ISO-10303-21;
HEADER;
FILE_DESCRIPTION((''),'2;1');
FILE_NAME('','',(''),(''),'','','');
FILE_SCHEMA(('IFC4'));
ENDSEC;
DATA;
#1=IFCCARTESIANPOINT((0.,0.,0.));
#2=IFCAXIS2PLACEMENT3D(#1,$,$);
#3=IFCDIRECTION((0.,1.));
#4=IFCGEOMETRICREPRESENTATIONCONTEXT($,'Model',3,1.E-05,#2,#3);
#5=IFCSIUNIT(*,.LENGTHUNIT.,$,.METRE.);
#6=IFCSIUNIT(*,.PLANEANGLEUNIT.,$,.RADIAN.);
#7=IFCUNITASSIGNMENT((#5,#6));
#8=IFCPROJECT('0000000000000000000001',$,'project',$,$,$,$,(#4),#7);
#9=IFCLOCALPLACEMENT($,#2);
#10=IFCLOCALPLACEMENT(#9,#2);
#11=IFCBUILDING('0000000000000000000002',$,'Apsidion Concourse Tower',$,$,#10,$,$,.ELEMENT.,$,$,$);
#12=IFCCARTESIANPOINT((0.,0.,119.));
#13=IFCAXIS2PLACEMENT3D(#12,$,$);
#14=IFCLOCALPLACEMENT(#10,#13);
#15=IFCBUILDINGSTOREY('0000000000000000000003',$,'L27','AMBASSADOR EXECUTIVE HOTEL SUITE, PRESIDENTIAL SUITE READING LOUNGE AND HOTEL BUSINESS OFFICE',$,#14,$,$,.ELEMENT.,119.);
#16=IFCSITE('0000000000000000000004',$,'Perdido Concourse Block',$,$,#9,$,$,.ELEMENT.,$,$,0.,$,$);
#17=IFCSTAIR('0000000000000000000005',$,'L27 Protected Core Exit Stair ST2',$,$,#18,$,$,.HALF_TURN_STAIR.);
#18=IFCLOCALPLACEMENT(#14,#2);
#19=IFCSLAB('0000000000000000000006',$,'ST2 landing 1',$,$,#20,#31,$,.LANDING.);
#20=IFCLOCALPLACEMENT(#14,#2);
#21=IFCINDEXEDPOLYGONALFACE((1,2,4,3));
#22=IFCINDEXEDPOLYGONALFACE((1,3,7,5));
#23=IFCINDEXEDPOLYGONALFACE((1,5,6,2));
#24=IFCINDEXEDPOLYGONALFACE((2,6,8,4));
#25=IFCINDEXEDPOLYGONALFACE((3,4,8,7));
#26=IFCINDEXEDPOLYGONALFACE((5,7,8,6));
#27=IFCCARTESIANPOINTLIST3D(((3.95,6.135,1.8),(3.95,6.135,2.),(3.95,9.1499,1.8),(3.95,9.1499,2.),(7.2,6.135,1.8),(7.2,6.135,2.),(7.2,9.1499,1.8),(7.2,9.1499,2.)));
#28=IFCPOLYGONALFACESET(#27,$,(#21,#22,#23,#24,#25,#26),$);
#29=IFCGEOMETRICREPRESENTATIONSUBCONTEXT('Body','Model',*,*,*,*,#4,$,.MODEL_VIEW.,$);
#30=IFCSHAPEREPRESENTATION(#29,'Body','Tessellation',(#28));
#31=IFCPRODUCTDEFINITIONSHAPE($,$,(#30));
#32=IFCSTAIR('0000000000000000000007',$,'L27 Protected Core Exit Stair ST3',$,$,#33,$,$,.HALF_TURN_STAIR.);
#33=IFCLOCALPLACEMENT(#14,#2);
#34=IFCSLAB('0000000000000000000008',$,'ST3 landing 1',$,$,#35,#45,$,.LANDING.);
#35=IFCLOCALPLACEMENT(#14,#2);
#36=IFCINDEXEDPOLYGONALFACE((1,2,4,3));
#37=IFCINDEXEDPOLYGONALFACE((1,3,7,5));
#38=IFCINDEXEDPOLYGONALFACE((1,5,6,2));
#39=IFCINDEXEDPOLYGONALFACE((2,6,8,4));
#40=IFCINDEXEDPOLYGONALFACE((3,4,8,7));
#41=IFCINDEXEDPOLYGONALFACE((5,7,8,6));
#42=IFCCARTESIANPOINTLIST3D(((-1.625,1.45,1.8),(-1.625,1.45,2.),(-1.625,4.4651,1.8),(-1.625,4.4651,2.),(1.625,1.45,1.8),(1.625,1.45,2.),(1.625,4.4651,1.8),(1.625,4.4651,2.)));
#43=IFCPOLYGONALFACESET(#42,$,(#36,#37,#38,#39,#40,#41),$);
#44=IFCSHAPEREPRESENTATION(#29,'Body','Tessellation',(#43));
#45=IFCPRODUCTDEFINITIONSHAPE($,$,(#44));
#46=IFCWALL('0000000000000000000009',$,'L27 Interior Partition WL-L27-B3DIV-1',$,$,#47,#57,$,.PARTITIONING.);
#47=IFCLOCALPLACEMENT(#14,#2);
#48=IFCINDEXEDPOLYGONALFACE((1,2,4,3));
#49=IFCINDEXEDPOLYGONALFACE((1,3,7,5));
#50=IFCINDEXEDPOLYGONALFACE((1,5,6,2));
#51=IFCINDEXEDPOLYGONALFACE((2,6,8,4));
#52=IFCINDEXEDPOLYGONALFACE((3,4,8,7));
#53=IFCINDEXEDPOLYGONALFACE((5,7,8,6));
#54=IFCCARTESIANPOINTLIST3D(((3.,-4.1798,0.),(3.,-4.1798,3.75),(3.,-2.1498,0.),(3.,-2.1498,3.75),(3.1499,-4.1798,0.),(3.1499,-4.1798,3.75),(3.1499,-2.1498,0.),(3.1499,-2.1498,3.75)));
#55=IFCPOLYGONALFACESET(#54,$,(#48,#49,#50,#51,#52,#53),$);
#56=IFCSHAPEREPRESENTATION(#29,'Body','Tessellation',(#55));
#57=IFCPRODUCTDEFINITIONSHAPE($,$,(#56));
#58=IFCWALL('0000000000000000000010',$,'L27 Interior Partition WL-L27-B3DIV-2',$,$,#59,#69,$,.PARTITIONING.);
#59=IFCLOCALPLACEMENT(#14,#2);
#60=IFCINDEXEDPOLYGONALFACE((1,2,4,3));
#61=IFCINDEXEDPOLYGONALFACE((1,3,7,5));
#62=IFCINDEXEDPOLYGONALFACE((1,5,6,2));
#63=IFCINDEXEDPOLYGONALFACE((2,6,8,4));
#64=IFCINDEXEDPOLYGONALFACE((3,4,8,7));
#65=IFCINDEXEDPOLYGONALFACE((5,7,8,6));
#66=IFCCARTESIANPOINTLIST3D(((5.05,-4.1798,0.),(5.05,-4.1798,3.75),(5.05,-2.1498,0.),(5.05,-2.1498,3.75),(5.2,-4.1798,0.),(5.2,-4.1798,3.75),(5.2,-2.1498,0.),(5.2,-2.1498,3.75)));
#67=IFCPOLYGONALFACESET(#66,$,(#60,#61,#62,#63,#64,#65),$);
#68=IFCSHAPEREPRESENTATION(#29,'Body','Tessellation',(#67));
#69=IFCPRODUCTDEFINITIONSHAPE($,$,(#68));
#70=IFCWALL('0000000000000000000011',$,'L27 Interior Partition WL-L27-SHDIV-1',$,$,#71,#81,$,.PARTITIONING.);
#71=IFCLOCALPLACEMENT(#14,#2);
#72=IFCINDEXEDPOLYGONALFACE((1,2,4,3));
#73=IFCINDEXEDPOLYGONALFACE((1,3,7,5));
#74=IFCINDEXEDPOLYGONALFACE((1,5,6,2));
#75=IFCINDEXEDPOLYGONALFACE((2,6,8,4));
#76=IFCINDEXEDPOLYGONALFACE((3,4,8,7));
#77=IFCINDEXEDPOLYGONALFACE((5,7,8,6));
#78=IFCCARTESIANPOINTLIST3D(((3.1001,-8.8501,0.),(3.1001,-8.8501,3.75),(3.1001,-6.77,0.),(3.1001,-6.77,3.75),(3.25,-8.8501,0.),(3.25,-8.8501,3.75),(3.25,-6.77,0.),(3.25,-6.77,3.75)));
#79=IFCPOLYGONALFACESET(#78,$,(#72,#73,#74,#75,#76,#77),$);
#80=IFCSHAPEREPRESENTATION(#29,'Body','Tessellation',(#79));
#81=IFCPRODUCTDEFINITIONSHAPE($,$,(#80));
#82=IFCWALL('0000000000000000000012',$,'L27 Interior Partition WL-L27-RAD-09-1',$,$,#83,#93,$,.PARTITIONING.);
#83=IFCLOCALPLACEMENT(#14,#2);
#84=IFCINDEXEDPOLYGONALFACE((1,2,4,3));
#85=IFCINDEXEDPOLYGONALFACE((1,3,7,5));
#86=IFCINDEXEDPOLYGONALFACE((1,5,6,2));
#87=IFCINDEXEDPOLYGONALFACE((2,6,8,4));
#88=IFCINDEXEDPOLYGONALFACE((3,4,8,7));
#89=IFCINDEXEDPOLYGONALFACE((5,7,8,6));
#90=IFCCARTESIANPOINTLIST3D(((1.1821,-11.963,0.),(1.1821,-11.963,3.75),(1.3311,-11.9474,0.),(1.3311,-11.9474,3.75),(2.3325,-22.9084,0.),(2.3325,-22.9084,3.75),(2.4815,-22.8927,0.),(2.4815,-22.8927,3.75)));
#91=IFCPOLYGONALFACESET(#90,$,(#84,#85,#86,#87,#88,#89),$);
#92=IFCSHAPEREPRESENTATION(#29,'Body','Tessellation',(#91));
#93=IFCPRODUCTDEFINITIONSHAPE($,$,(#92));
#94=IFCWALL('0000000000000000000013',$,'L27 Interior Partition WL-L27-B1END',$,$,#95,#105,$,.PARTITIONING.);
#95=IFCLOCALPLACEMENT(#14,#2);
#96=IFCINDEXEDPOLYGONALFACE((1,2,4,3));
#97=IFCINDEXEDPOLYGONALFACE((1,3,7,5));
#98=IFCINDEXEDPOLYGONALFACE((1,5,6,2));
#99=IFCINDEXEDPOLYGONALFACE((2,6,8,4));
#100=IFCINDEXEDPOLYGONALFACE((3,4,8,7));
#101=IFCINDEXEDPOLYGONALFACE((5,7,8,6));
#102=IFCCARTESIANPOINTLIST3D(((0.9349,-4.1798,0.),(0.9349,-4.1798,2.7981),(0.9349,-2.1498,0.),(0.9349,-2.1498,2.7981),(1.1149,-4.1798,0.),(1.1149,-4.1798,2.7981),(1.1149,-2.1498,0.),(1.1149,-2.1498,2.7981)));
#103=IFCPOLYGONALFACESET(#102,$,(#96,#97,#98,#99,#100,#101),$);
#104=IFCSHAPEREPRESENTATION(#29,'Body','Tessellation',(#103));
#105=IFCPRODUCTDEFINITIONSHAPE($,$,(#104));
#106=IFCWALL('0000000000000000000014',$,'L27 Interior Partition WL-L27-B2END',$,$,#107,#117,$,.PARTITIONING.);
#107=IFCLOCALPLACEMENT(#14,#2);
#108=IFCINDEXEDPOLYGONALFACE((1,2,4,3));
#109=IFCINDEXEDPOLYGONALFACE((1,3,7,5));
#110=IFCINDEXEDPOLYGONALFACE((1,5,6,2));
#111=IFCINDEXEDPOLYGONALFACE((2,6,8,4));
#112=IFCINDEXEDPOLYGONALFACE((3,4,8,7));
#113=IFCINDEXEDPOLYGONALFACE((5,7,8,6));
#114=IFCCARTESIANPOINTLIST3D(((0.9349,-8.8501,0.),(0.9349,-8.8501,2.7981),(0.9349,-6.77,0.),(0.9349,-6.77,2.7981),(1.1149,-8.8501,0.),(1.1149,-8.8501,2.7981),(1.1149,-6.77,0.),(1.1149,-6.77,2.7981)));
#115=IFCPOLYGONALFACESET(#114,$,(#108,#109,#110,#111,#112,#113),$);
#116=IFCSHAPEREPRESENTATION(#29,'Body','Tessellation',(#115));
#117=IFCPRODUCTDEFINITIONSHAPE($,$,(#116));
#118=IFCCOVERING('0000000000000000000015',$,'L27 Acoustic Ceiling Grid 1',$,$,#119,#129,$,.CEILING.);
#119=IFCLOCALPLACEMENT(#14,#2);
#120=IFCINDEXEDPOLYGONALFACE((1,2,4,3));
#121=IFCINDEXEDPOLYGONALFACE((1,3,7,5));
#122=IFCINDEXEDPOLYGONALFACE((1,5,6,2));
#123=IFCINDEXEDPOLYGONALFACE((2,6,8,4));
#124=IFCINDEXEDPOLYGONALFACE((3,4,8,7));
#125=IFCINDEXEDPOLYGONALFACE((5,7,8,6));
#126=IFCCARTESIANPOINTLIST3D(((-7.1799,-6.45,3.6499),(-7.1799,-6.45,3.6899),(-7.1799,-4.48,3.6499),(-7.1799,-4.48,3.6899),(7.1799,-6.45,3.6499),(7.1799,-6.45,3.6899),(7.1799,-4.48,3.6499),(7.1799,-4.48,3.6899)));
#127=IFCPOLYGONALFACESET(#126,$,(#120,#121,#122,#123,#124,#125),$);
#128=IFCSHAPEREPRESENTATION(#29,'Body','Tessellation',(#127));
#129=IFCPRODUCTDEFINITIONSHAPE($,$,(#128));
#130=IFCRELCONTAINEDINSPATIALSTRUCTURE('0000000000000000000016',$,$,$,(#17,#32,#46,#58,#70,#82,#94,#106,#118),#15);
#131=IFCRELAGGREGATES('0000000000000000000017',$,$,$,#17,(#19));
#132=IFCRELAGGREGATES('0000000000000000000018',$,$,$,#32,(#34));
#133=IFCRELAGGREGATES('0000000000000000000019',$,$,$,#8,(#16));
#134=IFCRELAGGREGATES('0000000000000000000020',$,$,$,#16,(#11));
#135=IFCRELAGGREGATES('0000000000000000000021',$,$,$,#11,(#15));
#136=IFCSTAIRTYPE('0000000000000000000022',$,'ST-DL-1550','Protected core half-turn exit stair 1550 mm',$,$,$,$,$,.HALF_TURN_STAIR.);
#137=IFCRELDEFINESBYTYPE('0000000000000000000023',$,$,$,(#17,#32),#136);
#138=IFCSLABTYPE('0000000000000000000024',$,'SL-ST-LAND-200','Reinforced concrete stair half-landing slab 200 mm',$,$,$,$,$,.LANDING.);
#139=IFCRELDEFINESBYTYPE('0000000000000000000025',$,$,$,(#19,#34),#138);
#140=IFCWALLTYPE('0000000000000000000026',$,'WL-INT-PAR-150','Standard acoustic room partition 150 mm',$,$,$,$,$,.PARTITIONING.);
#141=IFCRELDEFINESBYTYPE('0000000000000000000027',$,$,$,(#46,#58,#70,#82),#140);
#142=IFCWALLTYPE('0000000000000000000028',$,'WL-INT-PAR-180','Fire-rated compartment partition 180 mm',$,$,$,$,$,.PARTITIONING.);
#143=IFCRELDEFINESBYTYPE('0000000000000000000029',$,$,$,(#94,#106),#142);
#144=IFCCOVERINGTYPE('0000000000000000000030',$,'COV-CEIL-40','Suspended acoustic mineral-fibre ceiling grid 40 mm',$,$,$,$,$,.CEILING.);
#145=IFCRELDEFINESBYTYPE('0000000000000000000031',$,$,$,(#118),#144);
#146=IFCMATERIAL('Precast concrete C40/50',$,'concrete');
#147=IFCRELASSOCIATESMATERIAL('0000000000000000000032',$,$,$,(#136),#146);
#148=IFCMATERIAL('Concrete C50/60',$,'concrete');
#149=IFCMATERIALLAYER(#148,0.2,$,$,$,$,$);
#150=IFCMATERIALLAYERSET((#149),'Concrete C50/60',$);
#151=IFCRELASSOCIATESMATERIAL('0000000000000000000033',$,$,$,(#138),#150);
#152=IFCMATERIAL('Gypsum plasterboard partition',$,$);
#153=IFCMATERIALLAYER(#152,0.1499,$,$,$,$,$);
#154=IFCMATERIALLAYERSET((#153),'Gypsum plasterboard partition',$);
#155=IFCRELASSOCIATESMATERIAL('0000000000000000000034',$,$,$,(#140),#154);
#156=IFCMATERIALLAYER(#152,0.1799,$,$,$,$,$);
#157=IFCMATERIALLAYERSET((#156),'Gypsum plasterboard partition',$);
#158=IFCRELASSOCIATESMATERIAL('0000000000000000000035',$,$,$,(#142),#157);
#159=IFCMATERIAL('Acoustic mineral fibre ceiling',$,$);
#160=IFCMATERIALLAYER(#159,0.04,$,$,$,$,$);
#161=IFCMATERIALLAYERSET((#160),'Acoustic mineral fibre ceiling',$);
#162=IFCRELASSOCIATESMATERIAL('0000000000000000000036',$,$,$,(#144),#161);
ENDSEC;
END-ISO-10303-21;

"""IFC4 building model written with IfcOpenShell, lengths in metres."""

from ifc_helpers import new_model, si_unit, direction, frame, frame_2d, origin, place, context, subcontext, project, spatial, polyline, rectangle, outline, extrude, material, layer, layer_set, type_object, element, aggregate, save


model = new_model("IFC4")

# Units and contexts
model_context = context("Model", 3, precision=1e-05, world=origin(), true_north=direction((0.0, 1.0)))
body_context = subcontext(model_context, "Body", "Model", "MODEL_VIEW")
ifc_project = project(units=[si_unit("LENGTHUNIT", "METRE"), si_unit("PLANEANGLEUNIT", "RADIAN")], contexts=[model_context])

# Site, building, storey
site_placement = place(None, origin())
site = spatial("IfcSite", under=ifc_project, at=site_placement, Name="Perdido Concourse Block", CompositionType="ELEMENT", RefElevation=0.0)
building_placement = place(site_placement, origin())
building = spatial("IfcBuilding", under=site, at=building_placement, Name="Apsidion Concourse Tower", CompositionType="ELEMENT")
storey_placement = place(building_placement, frame((0.0, 0.0, 119.0)))
storey = spatial("IfcBuildingStorey", under=building, at=storey_placement, Name="L27", Description="AMBASSADOR EXECUTIVE HOTEL SUITE, PRESIDENTIAL SUITE READING LOUNGE AND HOTEL BUSINESS OFFICE", CompositionType="ELEMENT", Elevation=119.0)

# Shared definitions
ifc_material_1 = material(Name="Concrete C50/60", Category="concrete")

# Stairs, slabs
ifc_material_2 = material(Name="Precast concrete C40/50", Category="concrete")
stair_type = type_object("IfcStairType", Name="ST-DL-1550", Description="Protected core half-turn exit stair 1550 mm", PredefinedType="HALF_TURN_STAIR", material=ifc_material_2)
ifc_layer_1 = layer(ifc_material_1, 0.2)
ifc_layer_set_1 = layer_set([ifc_layer_1], Name="Concrete C50/60")
slab_type_1 = type_object("IfcSlabType", Name="SL-ST-LAND-200", Description="Reinforced concrete stair half-landing slab 200 mm", PredefinedType="LANDING", material=ifc_layer_set_1)
stair_1_placement = place(storey_placement, origin())
stair_1 = element("IfcStair", 1, at=stair_1_placement, inside=storey, type_object=stair_type, Name="L27 Protected Core Exit Stair ST2", PredefinedType="HALF_TURN_STAIR")
slab_1_placement = place(storey_placement, frame((0.0, 0.0, 1.8)))
slab_1 = element("IfcSlab", 2, at=slab_1_placement, type_object=slab_type_1, Name="ST2 landing 1", PredefinedType="LANDING", context=body_context, shape_type="SweptSolid", body=[
    extrude(outline(polyline([(7.2, 6.135), (7.2, 9.1499), (3.95, 9.1499), (3.95, 6.135), (7.2, 6.135)])), origin(), (0.0, 0.0, 1.0), 0.2),
])
aggregate(stair_1, [slab_1])
stair_2_placement = place(storey_placement, origin())
stair_2 = element("IfcStair", 3, at=stair_2_placement, inside=storey, type_object=stair_type, Name="L27 Protected Core Exit Stair ST3", PredefinedType="HALF_TURN_STAIR")
slab_2_placement = place(storey_placement, frame((0.0, 0.0, 1.8)))
slab_2 = element("IfcSlab", 4, at=slab_2_placement, type_object=slab_type_1, Name="ST3 landing 1", PredefinedType="LANDING", context=body_context, shape_type="SweptSolid", body=[
    extrude(outline(polyline([(-1.625, 4.4651), (-1.625, 1.45), (1.625, 1.45), (1.625, 4.4651), (-1.625, 4.4651)])), origin(), (0.0, 0.0, 1.0), 0.2),
])
aggregate(stair_2, [slab_2])

# Walls
ifc_material_3 = material(Name="Gypsum plasterboard partition")
ifc_layer_2 = layer(ifc_material_3, 0.1499)
ifc_layer_set_2 = layer_set([ifc_layer_2], Name="Gypsum plasterboard partition")
wall_type_1 = type_object("IfcWallType", Name="WL-INT-PAR-150", Description="Standard acoustic room partition 150 mm", PredefinedType="PARTITIONING", material=ifc_layer_set_2)
for number, where, z_axis, x_axis, name in (
    (5, (3.075, -4.1799, 0.0), (0.0, 0.0, 1.0), (0.0, 1.0, 0.0), "L27 Interior Partition WL-L27-B3DIV-1"),
    (6, (5.125, -4.1799, 0.0), (0.0, 0.0, 1.0), (0.0, 1.0, 0.0), "L27 Interior Partition WL-L27-B3DIV-2"),
):
    element("IfcWall", number, at=place(storey_placement, frame(where, z_axis=z_axis, x_axis=x_axis)), inside=storey, type_object=wall_type_1, Name=name, PredefinedType="PARTITIONING", context=body_context, shape_type="SweptSolid", body=[
        extrude(rectangle(XDim=2.03, YDim=0.1499, at=frame_2d((1.0151, 0.0))), origin(), (0.0, 0.0, 1.0), 3.75),
    ])
wall_1_placement = place(storey_placement, frame((3.175, -8.8501, 0.0), z_axis=(0.0, 0.0, 1.0), x_axis=(0.0, 1.0, 0.0)))
element("IfcWall", 7, at=wall_1_placement, inside=storey, type_object=wall_type_1, Name="L27 Interior Partition WL-L27-SHDIV-1", PredefinedType="PARTITIONING", context=body_context, shape_type="SweptSolid", body=[
    extrude(rectangle(XDim=2.0801, YDim=0.1499, at=frame_2d((1.04, 0.0))), origin(), (0.0, 0.0, 1.0), 3.75),
])
wall_2_placement = place(storey_placement, frame((1.2566, -11.9551, 0.0), z_axis=(0.0, 0.0, 1.0), x_axis=(0.104528, -0.994522, 0.0)))
element("IfcWall", 8, at=wall_2_placement, inside=storey, type_object=wall_type_1, Name="L27 Interior Partition WL-L27-RAD-09-1", PredefinedType="PARTITIONING", context=body_context, shape_type="SweptSolid", body=[
    extrude(rectangle(XDim=11.0056, YDim=0.1499, at=frame_2d((5.5029, 0.0))), origin(), (0.0, 0.0, 1.0), 3.75),
])
ifc_layer_3 = layer(ifc_material_3, 0.1799)
ifc_layer_set_3 = layer_set([ifc_layer_3], Name="Gypsum plasterboard partition")
wall_type_2 = type_object("IfcWallType", Name="WL-INT-PAR-180", Description="Fire-rated compartment partition 180 mm", PredefinedType="PARTITIONING", material=ifc_layer_set_3)
wall_3_placement = place(storey_placement, frame((1.0249, -4.1799, 0.0), z_axis=(0.0, 0.0, 1.0), x_axis=(0.0, 1.0, 0.0)))
element("IfcWall", 9, at=wall_3_placement, inside=storey, type_object=wall_type_2, Name="L27 Interior Partition WL-L27-B1END", PredefinedType="PARTITIONING", context=body_context, shape_type="SweptSolid", body=[
    extrude(rectangle(XDim=2.03, YDim=0.1799, at=frame_2d((1.0151, 0.0))), origin(), (0.0, 0.0, 1.0), 2.7981),
])
wall_4_placement = place(storey_placement, frame((1.0249, -8.8501, 0.0), z_axis=(0.0, 0.0, 1.0), x_axis=(0.0, 1.0, 0.0)))
element("IfcWall", 10, at=wall_4_placement, inside=storey, type_object=wall_type_2, Name="L27 Interior Partition WL-L27-B2END", PredefinedType="PARTITIONING", context=body_context, shape_type="SweptSolid", body=[
    extrude(rectangle(XDim=2.0801, YDim=0.1799, at=frame_2d((1.04, 0.0))), origin(), (0.0, 0.0, 1.0), 2.7981),
])

# Covering
ifc_material_4 = material(Name="Acoustic mineral fibre ceiling")
ifc_layer_4 = layer(ifc_material_4, 0.04)
ifc_layer_set_4 = layer_set([ifc_layer_4], Name="Acoustic mineral fibre ceiling")
covering_type_1 = type_object("IfcCoveringType", Name="COV-CEIL-40", Description="Suspended acoustic mineral-fibre ceiling grid 40 mm", PredefinedType="CEILING", material=ifc_layer_set_4)
covering_1_placement = place(storey_placement, frame((0.0, 0.0, 3.6499)))
element("IfcCovering", 11, at=covering_1_placement, inside=storey, type_object=covering_type_1, Name="L27 Acoustic Ceiling Grid 1", PredefinedType="CEILING", context=body_context, shape_type="SweptSolid", body=[
    extrude(outline(polyline([(-7.1799, -6.45), (-7.1799, -4.48), (7.1799, -4.48), (7.1799, -6.45), (-7.1799, -6.45)])), origin(), (0.0, 0.0, 1.0), 0.04),
])

save(model, "model.ifc")
